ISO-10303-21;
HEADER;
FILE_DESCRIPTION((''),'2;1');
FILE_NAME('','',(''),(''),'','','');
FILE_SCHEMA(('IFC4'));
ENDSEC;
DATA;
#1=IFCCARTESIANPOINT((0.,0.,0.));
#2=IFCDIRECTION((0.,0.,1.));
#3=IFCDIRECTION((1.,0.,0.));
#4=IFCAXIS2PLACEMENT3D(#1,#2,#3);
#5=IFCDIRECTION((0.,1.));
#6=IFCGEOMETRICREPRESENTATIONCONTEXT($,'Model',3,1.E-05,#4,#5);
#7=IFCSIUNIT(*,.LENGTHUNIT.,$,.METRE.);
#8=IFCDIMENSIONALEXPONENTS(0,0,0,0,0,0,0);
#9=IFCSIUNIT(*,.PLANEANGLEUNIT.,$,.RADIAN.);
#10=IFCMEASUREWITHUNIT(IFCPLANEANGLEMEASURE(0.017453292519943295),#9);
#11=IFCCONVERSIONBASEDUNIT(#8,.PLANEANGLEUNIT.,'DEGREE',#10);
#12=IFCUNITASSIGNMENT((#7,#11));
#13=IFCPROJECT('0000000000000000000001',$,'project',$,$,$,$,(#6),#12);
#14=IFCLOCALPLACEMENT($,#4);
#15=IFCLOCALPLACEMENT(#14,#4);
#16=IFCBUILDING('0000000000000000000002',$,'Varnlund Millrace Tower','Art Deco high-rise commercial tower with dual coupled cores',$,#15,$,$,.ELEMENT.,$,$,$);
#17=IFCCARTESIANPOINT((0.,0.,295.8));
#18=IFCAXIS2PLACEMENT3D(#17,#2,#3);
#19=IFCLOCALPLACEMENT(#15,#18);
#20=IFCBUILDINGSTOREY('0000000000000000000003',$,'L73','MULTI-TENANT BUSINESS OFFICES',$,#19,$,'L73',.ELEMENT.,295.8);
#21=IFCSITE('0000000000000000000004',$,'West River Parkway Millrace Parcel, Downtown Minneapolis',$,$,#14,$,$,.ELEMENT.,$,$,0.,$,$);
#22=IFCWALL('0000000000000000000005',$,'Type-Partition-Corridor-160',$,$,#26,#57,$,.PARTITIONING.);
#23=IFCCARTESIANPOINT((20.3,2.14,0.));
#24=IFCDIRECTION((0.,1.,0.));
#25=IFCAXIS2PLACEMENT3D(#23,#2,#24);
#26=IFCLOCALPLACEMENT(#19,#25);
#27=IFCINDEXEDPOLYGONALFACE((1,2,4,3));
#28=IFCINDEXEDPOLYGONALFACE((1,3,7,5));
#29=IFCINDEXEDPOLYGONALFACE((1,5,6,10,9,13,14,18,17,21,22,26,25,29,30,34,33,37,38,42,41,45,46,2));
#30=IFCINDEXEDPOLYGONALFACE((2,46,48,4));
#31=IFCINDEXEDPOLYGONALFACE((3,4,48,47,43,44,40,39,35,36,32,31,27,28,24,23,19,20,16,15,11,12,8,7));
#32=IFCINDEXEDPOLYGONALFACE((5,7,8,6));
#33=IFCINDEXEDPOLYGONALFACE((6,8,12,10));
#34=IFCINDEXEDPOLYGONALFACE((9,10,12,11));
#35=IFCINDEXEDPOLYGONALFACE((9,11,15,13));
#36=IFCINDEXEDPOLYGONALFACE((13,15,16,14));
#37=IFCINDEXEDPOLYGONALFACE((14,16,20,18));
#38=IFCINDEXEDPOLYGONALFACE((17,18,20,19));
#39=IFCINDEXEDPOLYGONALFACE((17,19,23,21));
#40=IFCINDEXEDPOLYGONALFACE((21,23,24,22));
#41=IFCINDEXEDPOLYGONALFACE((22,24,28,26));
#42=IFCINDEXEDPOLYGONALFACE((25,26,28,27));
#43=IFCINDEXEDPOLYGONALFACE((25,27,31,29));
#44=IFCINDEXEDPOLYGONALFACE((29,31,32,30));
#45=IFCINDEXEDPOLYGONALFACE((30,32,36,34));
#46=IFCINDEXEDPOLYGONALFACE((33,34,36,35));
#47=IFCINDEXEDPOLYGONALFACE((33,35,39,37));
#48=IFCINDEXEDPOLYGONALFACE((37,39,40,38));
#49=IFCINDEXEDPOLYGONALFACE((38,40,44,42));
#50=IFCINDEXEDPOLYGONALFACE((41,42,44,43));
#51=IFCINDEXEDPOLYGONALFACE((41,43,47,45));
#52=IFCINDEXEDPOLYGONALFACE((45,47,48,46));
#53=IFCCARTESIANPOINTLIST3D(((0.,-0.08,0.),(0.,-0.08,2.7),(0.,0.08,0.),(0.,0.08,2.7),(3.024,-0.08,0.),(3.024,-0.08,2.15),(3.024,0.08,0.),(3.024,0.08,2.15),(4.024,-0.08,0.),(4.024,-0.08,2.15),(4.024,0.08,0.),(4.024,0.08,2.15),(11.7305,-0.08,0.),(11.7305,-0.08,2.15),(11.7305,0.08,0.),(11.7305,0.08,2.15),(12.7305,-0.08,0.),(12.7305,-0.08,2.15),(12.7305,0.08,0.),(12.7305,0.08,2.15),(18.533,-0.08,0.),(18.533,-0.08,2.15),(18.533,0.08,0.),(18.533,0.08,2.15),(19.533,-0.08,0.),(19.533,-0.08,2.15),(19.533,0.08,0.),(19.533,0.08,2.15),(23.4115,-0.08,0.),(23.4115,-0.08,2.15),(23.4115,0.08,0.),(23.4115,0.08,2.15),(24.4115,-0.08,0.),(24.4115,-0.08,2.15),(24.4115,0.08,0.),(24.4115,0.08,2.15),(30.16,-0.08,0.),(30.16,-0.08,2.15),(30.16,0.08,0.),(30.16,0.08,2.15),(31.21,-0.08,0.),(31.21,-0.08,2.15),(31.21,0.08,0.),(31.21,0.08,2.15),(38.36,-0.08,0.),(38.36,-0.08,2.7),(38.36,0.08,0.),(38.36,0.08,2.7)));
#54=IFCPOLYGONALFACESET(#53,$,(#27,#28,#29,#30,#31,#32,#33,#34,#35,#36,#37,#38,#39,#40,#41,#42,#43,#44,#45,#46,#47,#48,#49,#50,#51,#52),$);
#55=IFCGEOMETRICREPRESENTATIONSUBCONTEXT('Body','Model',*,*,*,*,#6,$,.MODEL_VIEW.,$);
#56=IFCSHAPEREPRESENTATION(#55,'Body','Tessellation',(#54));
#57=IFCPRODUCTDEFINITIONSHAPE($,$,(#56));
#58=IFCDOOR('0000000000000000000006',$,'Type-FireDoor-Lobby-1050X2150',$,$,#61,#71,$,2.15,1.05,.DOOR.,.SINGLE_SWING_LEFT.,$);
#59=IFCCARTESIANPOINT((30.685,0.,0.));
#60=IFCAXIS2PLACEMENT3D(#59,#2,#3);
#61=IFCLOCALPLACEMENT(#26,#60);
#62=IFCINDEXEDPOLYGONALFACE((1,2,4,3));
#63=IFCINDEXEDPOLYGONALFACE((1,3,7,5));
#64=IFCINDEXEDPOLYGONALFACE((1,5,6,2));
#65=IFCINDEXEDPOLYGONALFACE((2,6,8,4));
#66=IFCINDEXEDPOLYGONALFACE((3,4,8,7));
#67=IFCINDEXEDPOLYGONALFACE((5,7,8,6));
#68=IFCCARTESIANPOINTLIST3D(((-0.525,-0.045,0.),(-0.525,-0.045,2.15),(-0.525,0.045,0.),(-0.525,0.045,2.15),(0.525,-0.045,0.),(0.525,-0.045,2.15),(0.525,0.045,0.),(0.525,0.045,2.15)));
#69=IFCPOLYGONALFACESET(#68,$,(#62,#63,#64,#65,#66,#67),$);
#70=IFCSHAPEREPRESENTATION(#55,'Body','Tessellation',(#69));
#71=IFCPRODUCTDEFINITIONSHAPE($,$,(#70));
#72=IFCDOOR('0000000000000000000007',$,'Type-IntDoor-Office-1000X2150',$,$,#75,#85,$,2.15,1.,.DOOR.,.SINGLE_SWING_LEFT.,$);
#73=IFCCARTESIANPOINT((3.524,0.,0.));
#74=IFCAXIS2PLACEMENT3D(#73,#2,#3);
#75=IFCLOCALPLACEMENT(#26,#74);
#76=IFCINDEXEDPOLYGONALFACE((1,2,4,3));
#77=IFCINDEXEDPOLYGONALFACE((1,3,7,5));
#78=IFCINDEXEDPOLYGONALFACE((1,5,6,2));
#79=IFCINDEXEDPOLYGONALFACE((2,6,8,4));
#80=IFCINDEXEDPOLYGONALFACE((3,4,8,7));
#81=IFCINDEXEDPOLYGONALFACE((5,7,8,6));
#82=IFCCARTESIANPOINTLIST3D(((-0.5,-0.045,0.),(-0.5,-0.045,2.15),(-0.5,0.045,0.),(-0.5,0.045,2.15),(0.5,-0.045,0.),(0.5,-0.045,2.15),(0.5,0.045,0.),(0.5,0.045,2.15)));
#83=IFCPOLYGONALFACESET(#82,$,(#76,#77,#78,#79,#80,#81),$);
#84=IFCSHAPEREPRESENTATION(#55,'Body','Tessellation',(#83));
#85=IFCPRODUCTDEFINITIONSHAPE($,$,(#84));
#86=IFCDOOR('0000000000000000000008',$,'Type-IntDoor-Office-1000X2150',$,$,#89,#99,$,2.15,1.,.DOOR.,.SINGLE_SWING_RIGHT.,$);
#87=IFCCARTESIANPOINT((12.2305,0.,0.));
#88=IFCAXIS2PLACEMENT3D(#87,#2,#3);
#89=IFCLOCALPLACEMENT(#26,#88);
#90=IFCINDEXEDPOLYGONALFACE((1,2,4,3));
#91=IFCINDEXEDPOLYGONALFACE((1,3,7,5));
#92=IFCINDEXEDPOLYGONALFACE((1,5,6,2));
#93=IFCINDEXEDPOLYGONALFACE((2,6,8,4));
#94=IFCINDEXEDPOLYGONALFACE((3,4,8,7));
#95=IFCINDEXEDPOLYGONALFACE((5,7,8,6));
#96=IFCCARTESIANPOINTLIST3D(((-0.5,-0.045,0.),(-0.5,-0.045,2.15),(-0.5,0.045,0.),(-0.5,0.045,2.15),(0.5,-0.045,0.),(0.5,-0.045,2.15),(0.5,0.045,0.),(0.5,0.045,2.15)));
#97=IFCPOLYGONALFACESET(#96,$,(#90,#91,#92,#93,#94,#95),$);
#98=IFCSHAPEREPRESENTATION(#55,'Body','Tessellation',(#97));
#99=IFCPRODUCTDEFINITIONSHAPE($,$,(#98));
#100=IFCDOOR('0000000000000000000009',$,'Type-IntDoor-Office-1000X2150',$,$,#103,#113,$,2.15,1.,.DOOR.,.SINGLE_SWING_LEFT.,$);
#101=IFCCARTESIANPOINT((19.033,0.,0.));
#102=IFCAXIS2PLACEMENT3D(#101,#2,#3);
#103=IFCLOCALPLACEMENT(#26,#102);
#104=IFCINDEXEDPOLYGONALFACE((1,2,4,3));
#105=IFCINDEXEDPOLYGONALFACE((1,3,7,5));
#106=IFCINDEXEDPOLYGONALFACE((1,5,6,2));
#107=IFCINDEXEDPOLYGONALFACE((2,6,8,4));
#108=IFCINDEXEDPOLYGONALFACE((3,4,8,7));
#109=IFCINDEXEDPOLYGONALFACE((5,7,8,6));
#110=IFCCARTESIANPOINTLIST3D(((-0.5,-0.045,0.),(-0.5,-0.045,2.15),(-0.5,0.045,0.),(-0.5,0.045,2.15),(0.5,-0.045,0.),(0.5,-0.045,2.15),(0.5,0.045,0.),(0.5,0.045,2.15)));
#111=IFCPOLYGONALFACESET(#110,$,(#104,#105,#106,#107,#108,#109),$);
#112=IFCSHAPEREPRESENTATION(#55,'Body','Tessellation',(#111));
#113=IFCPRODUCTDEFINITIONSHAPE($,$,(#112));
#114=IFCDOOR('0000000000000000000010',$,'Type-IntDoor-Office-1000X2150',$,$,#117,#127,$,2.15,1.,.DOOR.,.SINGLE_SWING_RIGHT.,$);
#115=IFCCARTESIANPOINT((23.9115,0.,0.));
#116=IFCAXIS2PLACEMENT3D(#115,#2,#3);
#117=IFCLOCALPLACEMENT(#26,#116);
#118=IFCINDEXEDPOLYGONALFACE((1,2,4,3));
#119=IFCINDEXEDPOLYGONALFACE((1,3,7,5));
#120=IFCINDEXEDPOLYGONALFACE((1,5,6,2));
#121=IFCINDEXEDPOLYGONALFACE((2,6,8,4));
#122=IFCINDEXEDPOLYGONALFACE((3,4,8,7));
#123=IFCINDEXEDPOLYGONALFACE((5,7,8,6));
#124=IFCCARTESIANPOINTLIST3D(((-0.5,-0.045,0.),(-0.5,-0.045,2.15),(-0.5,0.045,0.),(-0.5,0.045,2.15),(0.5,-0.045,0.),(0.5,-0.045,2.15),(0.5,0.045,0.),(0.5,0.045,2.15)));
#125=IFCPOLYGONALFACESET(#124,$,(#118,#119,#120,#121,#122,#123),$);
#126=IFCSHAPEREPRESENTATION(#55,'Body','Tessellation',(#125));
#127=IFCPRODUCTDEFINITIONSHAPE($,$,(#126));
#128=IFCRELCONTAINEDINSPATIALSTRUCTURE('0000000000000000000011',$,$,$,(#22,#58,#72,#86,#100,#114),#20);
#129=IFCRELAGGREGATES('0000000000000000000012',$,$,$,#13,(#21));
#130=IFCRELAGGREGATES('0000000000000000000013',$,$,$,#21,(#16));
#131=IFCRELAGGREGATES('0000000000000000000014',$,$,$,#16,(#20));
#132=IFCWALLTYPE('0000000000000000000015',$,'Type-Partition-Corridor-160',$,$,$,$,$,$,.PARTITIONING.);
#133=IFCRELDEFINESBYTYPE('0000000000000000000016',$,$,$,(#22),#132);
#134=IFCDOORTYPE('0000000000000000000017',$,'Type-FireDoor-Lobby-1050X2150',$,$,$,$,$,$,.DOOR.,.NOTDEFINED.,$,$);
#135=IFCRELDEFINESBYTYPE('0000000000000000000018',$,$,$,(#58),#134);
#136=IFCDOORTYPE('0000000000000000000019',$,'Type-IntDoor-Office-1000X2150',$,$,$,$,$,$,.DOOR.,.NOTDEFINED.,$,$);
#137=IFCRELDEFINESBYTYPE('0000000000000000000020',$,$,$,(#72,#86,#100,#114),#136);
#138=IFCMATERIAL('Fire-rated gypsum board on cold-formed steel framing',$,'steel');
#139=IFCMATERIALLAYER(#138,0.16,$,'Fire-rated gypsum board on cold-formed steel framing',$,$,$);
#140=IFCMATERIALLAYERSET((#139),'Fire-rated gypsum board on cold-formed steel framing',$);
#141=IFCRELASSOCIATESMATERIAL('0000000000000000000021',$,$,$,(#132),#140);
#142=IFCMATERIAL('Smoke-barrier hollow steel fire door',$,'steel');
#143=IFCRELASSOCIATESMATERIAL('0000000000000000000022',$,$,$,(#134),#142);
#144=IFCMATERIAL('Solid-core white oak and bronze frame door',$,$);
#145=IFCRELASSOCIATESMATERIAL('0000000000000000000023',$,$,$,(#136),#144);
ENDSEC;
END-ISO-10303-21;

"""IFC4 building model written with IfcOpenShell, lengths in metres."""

from ifc_helpers import new_model, entity, si_unit, converted_unit, direction, frame, origin_with_axes, origin_2d_with_axis, place, context, subcontext, project, spatial, polyline, rectangle, outline, extrude, material, layer, layer_set, type_object, element, fill, save


model = new_model("IFC4")

# Units and contexts
model_context = context("Model", 3, precision=1e-05, world=origin_with_axes(), true_north=direction((0.0, 1.0)))
body_context = subcontext(model_context, "Body", "Model", "MODEL_VIEW")
ifc_project = project(units=[si_unit("LENGTHUNIT", "METRE"), converted_unit("PLANEANGLEUNIT", "DEGREE", entity("IfcPlaneAngleMeasure", 0.017453292519943295), si_unit("PLANEANGLEUNIT", "RADIAN"), dimensions=[0, 0, 0, 0, 0, 0, 0])], contexts=[model_context])

# Site, building, storey
site_placement = place(None, origin_with_axes())
site = spatial("IfcSite", under=ifc_project, at=site_placement, Name="West River Parkway Millrace Parcel, Downtown Minneapolis", CompositionType="ELEMENT", RefElevation=0.0)
building_placement = place(site_placement, origin_with_axes())
building = spatial("IfcBuilding", under=site, at=building_placement, Name="Varnlund Millrace Tower", Description="Art Deco high-rise commercial tower with dual coupled cores", CompositionType="ELEMENT")
storey_placement = place(building_placement, frame((0.0, 0.0, 295.8), z_axis=(0.0, 0.0, 1.0), x_axis=(1.0, 0.0, 0.0)))
storey = spatial("IfcBuildingStorey", under=building, at=storey_placement, Name="L73", Description="MULTI-TENANT BUSINESS OFFICES", LongName="L73", CompositionType="ELEMENT", Elevation=295.8)

# Wall, openings, doors
ifc_material_1 = material(Name="Fire-rated gypsum board on cold-formed steel framing", Category="steel")
ifc_layer_1 = layer(ifc_material_1, 0.16, Name="Fire-rated gypsum board on cold-formed steel framing")
ifc_layer_set_1 = layer_set([ifc_layer_1], Name="Fire-rated gypsum board on cold-formed steel framing")
wall_type_1 = type_object("IfcWallType", Name="Type-Partition-Corridor-160", PredefinedType="PARTITIONING", material=ifc_layer_set_1)
wall_1_placement = place(storey_placement, frame((20.3, 2.14, 0.0), z_axis=(0.0, 0.0, 1.0), x_axis=(0.0, 1.0, 0.0)))
wall_1 = element("IfcWall", 1, at=wall_1_placement, inside=storey, type_object=wall_type_1, Name="Type-Partition-Corridor-160", PredefinedType="PARTITIONING", context=body_context, shape_type="SweptSolid", body=[
    extrude(outline(polyline([(0.0, -0.08), (38.36, -0.08), (38.36, 0.08), (0.0, 0.08), (0.0, -0.08)])), origin_with_axes(), (0.0, 0.0, 1.0), 2.7),
])
opening_1_placement = place(wall_1_placement, frame((30.685, 0.0, 0.0), z_axis=(0.0, 0.0, 1.0), x_axis=(1.0, 0.0, 0.0)))
opening_1 = element("IfcOpeningElement", 2, at=opening_1_placement, cuts=wall_1, PredefinedType="OPENING", context=body_context, shape_type="SweptSolid", body=[
    extrude(rectangle(XDim=1.05, YDim=0.18, at=origin_2d_with_axis()), origin_with_axes(), (0.0, 0.0, 1.0), 2.15),
])
opening_2_placement = place(wall_1_placement, frame((3.524, 0.0, 0.0), z_axis=(0.0, 0.0, 1.0), x_axis=(1.0, 0.0, 0.0)))
opening_2 = element("IfcOpeningElement", 3, at=opening_2_placement, cuts=wall_1, PredefinedType="OPENING", context=body_context, shape_type="SweptSolid", body=[
    extrude(rectangle(XDim=1.0, YDim=0.18, at=origin_2d_with_axis()), origin_with_axes(), (0.0, 0.0, 1.0), 2.15),
])
opening_3_placement = place(wall_1_placement, frame((12.2305, 0.0, 0.0), z_axis=(0.0, 0.0, 1.0), x_axis=(1.0, 0.0, 0.0)))
opening_3 = element("IfcOpeningElement", 4, at=opening_3_placement, cuts=wall_1, PredefinedType="OPENING", context=body_context, shape_type="SweptSolid", body=[
    extrude(rectangle(XDim=1.0, YDim=0.18, at=origin_2d_with_axis()), origin_with_axes(), (0.0, 0.0, 1.0), 2.15),
])
opening_4_placement = place(wall_1_placement, frame((19.033, 0.0, 0.0), z_axis=(0.0, 0.0, 1.0), x_axis=(1.0, 0.0, 0.0)))
opening_4 = element("IfcOpeningElement", 5, at=opening_4_placement, cuts=wall_1, PredefinedType="OPENING", context=body_context, shape_type="SweptSolid", body=[
    extrude(rectangle(XDim=1.0, YDim=0.18, at=origin_2d_with_axis()), origin_with_axes(), (0.0, 0.0, 1.0), 2.15),
])
opening_5_placement = place(wall_1_placement, frame((23.9115, 0.0, 0.0), z_axis=(0.0, 0.0, 1.0), x_axis=(1.0, 0.0, 0.0)))
opening_5 = element("IfcOpeningElement", 6, at=opening_5_placement, cuts=wall_1, PredefinedType="OPENING", context=body_context, shape_type="SweptSolid", body=[
    extrude(rectangle(XDim=1.0, YDim=0.18, at=origin_2d_with_axis()), origin_with_axes(), (0.0, 0.0, 1.0), 2.15),
])
ifc_material_2 = material(Name="Smoke-barrier hollow steel fire door", Category="steel")
door_type_1 = type_object("IfcDoorType", Name="Type-FireDoor-Lobby-1050X2150", OperationType="NOTDEFINED", PredefinedType="DOOR", material=ifc_material_2)
door_1_placement = place(wall_1_placement, frame((30.685, 0.0, 0.0), z_axis=(0.0, 0.0, 1.0), x_axis=(1.0, 0.0, 0.0)))
door_1 = element("IfcDoor", 7, at=door_1_placement, inside=storey, type_object=door_type_1, Name="Type-FireDoor-Lobby-1050X2150", OperationType="SINGLE_SWING_LEFT", OverallHeight=2.15, OverallWidth=1.05, PredefinedType="DOOR", context=body_context, shape_type="SweptSolid", body=[
    extrude(rectangle(XDim=1.05, YDim=0.09, at=origin_2d_with_axis()), origin_with_axes(), (0.0, 0.0, 1.0), 2.15),
])
fill(opening_1, door_1)
ifc_material_3 = material(Name="Solid-core white oak and bronze frame door")
door_type_2 = type_object("IfcDoorType", Name="Type-IntDoor-Office-1000X2150", OperationType="NOTDEFINED", PredefinedType="DOOR", material=ifc_material_3)
door_2_placement = place(wall_1_placement, frame((3.524, 0.0, 0.0), z_axis=(0.0, 0.0, 1.0), x_axis=(1.0, 0.0, 0.0)))
door_2 = element("IfcDoor", 8, at=door_2_placement, inside=storey, type_object=door_type_2, Name="Type-IntDoor-Office-1000X2150", OperationType="SINGLE_SWING_LEFT", OverallHeight=2.15, OverallWidth=1.0, PredefinedType="DOOR", context=body_context, shape_type="SweptSolid", body=[
    extrude(rectangle(XDim=1.0, YDim=0.09, at=origin_2d_with_axis()), origin_with_axes(), (0.0, 0.0, 1.0), 2.15),
])
fill(opening_2, door_2)
door_3_placement = place(wall_1_placement, frame((12.2305, 0.0, 0.0), z_axis=(0.0, 0.0, 1.0), x_axis=(1.0, 0.0, 0.0)))
door_3 = element("IfcDoor", 9, at=door_3_placement, inside=storey, type_object=door_type_2, Name="Type-IntDoor-Office-1000X2150", OperationType="SINGLE_SWING_RIGHT", OverallHeight=2.15, OverallWidth=1.0, PredefinedType="DOOR", context=body_context, shape_type="SweptSolid", body=[
    extrude(rectangle(XDim=1.0, YDim=0.09, at=origin_2d_with_axis()), origin_with_axes(), (0.0, 0.0, 1.0), 2.15),
])
fill(opening_3, door_3)
door_4_placement = place(wall_1_placement, frame((19.033, 0.0, 0.0), z_axis=(0.0, 0.0, 1.0), x_axis=(1.0, 0.0, 0.0)))
door_4 = element("IfcDoor", 10, at=door_4_placement, inside=storey, type_object=door_type_2, Name="Type-IntDoor-Office-1000X2150", OperationType="SINGLE_SWING_LEFT", OverallHeight=2.15, OverallWidth=1.0, PredefinedType="DOOR", context=body_context, shape_type="SweptSolid", body=[
    extrude(rectangle(XDim=1.0, YDim=0.09, at=origin_2d_with_axis()), origin_with_axes(), (0.0, 0.0, 1.0), 2.15),
])
fill(opening_4, door_4)
door_5_placement = place(wall_1_placement, frame((23.9115, 0.0, 0.0), z_axis=(0.0, 0.0, 1.0), x_axis=(1.0, 0.0, 0.0)))
door_5 = element("IfcDoor", 11, at=door_5_placement, inside=storey, type_object=door_type_2, Name="Type-IntDoor-Office-1000X2150", OperationType="SINGLE_SWING_RIGHT", OverallHeight=2.15, OverallWidth=1.0, PredefinedType="DOOR", context=body_context, shape_type="SweptSolid", body=[
    extrude(rectangle(XDim=1.0, YDim=0.09, at=origin_2d_with_axis()), origin_with_axes(), (0.0, 0.0, 1.0), 2.15),
])
fill(opening_5, door_5)

save(model, "model.ifc")
